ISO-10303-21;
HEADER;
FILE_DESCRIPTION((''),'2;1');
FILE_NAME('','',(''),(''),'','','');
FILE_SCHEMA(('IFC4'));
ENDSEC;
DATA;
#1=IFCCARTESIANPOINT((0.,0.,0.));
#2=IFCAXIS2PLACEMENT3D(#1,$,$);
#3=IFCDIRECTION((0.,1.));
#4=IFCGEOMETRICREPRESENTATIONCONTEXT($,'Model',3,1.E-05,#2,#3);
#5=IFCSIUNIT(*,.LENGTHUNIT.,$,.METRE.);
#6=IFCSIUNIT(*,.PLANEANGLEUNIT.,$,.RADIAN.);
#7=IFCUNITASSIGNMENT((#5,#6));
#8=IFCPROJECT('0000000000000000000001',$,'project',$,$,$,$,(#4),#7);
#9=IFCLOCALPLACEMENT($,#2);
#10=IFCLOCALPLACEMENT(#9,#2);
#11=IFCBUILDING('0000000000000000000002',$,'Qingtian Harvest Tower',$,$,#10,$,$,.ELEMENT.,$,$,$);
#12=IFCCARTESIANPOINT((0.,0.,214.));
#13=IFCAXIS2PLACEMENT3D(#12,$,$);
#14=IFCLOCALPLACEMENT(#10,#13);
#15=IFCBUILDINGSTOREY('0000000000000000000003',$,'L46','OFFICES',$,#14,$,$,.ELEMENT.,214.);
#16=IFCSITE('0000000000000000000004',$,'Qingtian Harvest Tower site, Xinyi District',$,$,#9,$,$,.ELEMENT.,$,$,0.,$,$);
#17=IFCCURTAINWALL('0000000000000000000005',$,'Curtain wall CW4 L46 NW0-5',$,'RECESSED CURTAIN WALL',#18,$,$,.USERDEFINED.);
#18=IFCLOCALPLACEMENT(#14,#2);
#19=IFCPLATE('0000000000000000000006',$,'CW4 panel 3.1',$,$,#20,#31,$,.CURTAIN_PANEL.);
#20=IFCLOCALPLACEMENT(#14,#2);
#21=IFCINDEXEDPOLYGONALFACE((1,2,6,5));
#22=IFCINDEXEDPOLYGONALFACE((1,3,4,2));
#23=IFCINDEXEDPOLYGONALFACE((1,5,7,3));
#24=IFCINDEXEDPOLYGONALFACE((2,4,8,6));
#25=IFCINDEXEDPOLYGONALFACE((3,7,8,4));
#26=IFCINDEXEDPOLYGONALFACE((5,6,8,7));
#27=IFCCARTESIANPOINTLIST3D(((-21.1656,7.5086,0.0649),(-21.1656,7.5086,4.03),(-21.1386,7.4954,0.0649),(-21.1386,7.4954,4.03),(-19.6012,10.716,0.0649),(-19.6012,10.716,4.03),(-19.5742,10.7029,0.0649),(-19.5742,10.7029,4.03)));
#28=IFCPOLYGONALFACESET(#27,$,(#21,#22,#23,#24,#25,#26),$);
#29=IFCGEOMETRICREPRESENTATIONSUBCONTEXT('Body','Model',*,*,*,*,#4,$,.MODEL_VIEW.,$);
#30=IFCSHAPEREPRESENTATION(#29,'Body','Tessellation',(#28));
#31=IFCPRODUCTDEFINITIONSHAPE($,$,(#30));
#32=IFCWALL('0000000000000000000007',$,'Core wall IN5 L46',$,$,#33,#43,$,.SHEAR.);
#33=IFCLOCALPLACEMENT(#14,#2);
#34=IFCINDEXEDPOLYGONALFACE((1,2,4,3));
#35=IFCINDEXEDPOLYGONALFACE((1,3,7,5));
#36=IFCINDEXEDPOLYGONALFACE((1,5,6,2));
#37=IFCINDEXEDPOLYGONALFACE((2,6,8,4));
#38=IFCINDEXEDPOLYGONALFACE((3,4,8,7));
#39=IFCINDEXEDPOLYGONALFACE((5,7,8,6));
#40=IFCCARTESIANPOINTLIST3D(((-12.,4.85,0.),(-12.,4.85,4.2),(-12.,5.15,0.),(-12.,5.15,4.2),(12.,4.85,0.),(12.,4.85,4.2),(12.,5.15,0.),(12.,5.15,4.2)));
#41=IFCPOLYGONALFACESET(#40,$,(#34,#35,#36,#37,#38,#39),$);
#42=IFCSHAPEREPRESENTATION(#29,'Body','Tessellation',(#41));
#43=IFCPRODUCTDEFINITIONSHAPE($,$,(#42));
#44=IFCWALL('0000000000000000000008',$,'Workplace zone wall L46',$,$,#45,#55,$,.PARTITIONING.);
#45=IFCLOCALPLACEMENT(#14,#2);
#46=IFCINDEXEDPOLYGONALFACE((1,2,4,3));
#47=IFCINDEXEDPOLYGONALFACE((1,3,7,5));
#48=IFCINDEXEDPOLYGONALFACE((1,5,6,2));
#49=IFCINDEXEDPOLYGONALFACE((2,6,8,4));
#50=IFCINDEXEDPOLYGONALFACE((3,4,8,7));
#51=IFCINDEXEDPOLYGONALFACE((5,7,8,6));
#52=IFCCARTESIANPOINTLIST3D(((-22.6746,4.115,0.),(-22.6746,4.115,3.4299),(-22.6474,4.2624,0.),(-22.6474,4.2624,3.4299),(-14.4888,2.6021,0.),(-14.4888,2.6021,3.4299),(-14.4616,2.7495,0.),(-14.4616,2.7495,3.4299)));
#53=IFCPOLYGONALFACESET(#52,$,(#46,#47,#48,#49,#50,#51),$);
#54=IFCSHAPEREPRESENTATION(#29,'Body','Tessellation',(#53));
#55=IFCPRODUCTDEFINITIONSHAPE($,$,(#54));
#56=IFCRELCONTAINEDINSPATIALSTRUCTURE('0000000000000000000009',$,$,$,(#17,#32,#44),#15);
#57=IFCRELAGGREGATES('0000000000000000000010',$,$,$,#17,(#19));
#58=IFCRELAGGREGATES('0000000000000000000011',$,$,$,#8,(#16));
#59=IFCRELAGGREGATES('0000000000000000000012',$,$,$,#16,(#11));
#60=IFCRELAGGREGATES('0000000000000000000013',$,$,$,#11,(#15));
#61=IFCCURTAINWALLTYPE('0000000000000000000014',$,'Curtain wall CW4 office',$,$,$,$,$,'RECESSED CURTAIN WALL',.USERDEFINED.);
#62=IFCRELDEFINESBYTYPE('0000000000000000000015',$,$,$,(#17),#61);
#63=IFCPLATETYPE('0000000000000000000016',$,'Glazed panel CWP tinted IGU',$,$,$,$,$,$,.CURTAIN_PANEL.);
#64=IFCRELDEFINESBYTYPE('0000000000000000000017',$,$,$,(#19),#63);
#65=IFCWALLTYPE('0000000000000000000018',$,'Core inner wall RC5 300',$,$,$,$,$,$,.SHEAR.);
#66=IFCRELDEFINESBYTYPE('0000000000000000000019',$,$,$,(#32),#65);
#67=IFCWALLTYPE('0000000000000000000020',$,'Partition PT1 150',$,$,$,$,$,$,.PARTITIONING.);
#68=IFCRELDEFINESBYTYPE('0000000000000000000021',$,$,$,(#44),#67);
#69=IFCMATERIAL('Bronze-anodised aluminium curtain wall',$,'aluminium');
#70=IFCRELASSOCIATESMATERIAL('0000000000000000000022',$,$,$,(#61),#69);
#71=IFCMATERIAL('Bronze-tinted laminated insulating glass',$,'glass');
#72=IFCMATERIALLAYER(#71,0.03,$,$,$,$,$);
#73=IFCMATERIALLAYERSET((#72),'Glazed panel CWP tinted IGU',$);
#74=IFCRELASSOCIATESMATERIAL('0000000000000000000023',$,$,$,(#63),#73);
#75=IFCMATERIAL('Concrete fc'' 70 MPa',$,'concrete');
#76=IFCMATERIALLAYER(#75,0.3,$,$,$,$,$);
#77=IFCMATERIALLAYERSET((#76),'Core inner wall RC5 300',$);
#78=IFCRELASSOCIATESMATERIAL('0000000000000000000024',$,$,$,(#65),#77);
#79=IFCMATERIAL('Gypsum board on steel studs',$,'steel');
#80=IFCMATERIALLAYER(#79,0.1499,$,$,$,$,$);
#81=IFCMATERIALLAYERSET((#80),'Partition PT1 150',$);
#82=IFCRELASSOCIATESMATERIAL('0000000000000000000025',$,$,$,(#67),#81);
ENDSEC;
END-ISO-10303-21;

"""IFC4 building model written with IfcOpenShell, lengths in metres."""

from ifc_helpers import new_model, si_unit, direction, frame, frame_2d, origin, origin_2d, place, context, subcontext, project, spatial, rectangle, extrude, material, layer, layer_set, type_object, element, aggregate, save


model = new_model("IFC4")

# Units and contexts
model_context = context("Model", 3, precision=1e-05, world=origin(), true_north=direction((0.0, 1.0)))
body_context = subcontext(model_context, "Body", "Model", "MODEL_VIEW")
ifc_project = project(units=[si_unit("LENGTHUNIT", "METRE"), si_unit("PLANEANGLEUNIT", "RADIAN")], contexts=[model_context])

# Site, building, storey
site_placement = place(None, origin())
site = spatial("IfcSite", under=ifc_project, at=site_placement, Name="Qingtian Harvest Tower site, Xinyi District", CompositionType="ELEMENT", RefElevation=0.0)
building_placement = place(site_placement, origin())
building = spatial("IfcBuilding", under=site, at=building_placement, Name="Qingtian Harvest Tower", CompositionType="ELEMENT")
storey_placement = place(building_placement, frame((0.0, 0.0, 214.0)))
storey = spatial("IfcBuildingStorey", under=building, at=storey_placement, Name="L46", Description="OFFICES", CompositionType="ELEMENT", Elevation=214.0)

# Curtain wall
ifc_material_1 = material(Name="Bronze-anodised aluminium curtain wall", Category="aluminium")
curtain_wall_type = type_object("IfcCurtainWallType", Name="Curtain wall CW4 office", ElementType="RECESSED CURTAIN WALL", PredefinedType="USERDEFINED", material=ifc_material_1)
curtain_wall_placement = place(storey_placement, origin())
curtain_wall = element("IfcCurtainWall", 1, at=curtain_wall_placement, inside=storey, type_object=curtain_wall_type, Name="Curtain wall CW4 L46 NW0-5", ObjectType="RECESSED CURTAIN WALL", PredefinedType="USERDEFINED")

# Plate
ifc_material_2 = material(Name="Bronze-tinted laminated insulating glass", Category="glass")
ifc_layer_1 = layer(ifc_material_2, 0.03)
ifc_layer_set_1 = layer_set([ifc_layer_1], Name="Glazed panel CWP tinted IGU")
plate_type = type_object("IfcPlateType", Name="Glazed panel CWP tinted IGU", PredefinedType="CURTAIN_PANEL", material=ifc_layer_set_1)
plate_1_placement = place(storey_placement, frame((-20.3699, 9.1057, 0.0649), z_axis=(0.0, 0.0, 1.0), x_axis=(0.438371, 0.898794, 0.0)))
plate_1 = element("IfcPlate", 2, at=plate_1_placement, type_object=plate_type, Name="CW4 panel 3.1", PredefinedType="CURTAIN_PANEL", context=body_context, shape_type="SweptSolid", body=[
    extrude(rectangle(XDim=3.5686, YDim=0.03, at=origin_2d()), origin(), (0.0, 0.0, 1.0), 3.9651),
])
aggregate(curtain_wall, [plate_1])

# Wall
ifc_material_3 = material(Name="Concrete fc' 70 MPa", Category="concrete")
ifc_layer_2 = layer(ifc_material_3, 0.3)
ifc_layer_set_2 = layer_set([ifc_layer_2], Name="Core inner wall RC5 300")
wall_type_1 = type_object("IfcWallType", Name="Core inner wall RC5 300", PredefinedType="SHEAR", material=ifc_layer_set_2)
wall_1_placement = place(storey_placement, frame((-12.0, 5.0, 0.0), z_axis=(0.0, 0.0, 1.0), x_axis=(1.0, 0.0, 0.0)))
element("IfcWall", 3, at=wall_1_placement, inside=storey, type_object=wall_type_1, Name="Core wall IN5 L46", PredefinedType="SHEAR", context=body_context, shape_type="SweptSolid", body=[
    extrude(rectangle(XDim=24.0, YDim=0.3, at=frame_2d((12.0, 0.0))), origin(), (0.0, 0.0, 1.0), 4.2),
])

# Wall
ifc_material_4 = material(Name="Gypsum board on steel studs", Category="steel")
ifc_layer_3 = layer(ifc_material_4, 0.1499)
ifc_layer_set_3 = layer_set([ifc_layer_3], Name="Partition PT1 150")
wall_type_2 = type_object("IfcWallType", Name="Partition PT1 150", PredefinedType="PARTITIONING", material=ifc_layer_set_3)
wall_2_placement = place(storey_placement, frame((-22.6609, 4.1887, 0.0), z_axis=(0.0, 0.0, 1.0), x_axis=(0.983345, -0.181747, 0.0)))
element("IfcWall", 4, at=wall_2_placement, inside=storey, type_object=wall_type_2, Name="Workplace zone wall L46", PredefinedType="PARTITIONING", context=body_context, shape_type="SweptSolid", body=[
    extrude(rectangle(XDim=8.3245, YDim=0.1499, at=frame_2d((4.1621, 0.0))), origin(), (0.0, 0.0, 1.0), 3.4299),
])

save(model, "model.ifc")
